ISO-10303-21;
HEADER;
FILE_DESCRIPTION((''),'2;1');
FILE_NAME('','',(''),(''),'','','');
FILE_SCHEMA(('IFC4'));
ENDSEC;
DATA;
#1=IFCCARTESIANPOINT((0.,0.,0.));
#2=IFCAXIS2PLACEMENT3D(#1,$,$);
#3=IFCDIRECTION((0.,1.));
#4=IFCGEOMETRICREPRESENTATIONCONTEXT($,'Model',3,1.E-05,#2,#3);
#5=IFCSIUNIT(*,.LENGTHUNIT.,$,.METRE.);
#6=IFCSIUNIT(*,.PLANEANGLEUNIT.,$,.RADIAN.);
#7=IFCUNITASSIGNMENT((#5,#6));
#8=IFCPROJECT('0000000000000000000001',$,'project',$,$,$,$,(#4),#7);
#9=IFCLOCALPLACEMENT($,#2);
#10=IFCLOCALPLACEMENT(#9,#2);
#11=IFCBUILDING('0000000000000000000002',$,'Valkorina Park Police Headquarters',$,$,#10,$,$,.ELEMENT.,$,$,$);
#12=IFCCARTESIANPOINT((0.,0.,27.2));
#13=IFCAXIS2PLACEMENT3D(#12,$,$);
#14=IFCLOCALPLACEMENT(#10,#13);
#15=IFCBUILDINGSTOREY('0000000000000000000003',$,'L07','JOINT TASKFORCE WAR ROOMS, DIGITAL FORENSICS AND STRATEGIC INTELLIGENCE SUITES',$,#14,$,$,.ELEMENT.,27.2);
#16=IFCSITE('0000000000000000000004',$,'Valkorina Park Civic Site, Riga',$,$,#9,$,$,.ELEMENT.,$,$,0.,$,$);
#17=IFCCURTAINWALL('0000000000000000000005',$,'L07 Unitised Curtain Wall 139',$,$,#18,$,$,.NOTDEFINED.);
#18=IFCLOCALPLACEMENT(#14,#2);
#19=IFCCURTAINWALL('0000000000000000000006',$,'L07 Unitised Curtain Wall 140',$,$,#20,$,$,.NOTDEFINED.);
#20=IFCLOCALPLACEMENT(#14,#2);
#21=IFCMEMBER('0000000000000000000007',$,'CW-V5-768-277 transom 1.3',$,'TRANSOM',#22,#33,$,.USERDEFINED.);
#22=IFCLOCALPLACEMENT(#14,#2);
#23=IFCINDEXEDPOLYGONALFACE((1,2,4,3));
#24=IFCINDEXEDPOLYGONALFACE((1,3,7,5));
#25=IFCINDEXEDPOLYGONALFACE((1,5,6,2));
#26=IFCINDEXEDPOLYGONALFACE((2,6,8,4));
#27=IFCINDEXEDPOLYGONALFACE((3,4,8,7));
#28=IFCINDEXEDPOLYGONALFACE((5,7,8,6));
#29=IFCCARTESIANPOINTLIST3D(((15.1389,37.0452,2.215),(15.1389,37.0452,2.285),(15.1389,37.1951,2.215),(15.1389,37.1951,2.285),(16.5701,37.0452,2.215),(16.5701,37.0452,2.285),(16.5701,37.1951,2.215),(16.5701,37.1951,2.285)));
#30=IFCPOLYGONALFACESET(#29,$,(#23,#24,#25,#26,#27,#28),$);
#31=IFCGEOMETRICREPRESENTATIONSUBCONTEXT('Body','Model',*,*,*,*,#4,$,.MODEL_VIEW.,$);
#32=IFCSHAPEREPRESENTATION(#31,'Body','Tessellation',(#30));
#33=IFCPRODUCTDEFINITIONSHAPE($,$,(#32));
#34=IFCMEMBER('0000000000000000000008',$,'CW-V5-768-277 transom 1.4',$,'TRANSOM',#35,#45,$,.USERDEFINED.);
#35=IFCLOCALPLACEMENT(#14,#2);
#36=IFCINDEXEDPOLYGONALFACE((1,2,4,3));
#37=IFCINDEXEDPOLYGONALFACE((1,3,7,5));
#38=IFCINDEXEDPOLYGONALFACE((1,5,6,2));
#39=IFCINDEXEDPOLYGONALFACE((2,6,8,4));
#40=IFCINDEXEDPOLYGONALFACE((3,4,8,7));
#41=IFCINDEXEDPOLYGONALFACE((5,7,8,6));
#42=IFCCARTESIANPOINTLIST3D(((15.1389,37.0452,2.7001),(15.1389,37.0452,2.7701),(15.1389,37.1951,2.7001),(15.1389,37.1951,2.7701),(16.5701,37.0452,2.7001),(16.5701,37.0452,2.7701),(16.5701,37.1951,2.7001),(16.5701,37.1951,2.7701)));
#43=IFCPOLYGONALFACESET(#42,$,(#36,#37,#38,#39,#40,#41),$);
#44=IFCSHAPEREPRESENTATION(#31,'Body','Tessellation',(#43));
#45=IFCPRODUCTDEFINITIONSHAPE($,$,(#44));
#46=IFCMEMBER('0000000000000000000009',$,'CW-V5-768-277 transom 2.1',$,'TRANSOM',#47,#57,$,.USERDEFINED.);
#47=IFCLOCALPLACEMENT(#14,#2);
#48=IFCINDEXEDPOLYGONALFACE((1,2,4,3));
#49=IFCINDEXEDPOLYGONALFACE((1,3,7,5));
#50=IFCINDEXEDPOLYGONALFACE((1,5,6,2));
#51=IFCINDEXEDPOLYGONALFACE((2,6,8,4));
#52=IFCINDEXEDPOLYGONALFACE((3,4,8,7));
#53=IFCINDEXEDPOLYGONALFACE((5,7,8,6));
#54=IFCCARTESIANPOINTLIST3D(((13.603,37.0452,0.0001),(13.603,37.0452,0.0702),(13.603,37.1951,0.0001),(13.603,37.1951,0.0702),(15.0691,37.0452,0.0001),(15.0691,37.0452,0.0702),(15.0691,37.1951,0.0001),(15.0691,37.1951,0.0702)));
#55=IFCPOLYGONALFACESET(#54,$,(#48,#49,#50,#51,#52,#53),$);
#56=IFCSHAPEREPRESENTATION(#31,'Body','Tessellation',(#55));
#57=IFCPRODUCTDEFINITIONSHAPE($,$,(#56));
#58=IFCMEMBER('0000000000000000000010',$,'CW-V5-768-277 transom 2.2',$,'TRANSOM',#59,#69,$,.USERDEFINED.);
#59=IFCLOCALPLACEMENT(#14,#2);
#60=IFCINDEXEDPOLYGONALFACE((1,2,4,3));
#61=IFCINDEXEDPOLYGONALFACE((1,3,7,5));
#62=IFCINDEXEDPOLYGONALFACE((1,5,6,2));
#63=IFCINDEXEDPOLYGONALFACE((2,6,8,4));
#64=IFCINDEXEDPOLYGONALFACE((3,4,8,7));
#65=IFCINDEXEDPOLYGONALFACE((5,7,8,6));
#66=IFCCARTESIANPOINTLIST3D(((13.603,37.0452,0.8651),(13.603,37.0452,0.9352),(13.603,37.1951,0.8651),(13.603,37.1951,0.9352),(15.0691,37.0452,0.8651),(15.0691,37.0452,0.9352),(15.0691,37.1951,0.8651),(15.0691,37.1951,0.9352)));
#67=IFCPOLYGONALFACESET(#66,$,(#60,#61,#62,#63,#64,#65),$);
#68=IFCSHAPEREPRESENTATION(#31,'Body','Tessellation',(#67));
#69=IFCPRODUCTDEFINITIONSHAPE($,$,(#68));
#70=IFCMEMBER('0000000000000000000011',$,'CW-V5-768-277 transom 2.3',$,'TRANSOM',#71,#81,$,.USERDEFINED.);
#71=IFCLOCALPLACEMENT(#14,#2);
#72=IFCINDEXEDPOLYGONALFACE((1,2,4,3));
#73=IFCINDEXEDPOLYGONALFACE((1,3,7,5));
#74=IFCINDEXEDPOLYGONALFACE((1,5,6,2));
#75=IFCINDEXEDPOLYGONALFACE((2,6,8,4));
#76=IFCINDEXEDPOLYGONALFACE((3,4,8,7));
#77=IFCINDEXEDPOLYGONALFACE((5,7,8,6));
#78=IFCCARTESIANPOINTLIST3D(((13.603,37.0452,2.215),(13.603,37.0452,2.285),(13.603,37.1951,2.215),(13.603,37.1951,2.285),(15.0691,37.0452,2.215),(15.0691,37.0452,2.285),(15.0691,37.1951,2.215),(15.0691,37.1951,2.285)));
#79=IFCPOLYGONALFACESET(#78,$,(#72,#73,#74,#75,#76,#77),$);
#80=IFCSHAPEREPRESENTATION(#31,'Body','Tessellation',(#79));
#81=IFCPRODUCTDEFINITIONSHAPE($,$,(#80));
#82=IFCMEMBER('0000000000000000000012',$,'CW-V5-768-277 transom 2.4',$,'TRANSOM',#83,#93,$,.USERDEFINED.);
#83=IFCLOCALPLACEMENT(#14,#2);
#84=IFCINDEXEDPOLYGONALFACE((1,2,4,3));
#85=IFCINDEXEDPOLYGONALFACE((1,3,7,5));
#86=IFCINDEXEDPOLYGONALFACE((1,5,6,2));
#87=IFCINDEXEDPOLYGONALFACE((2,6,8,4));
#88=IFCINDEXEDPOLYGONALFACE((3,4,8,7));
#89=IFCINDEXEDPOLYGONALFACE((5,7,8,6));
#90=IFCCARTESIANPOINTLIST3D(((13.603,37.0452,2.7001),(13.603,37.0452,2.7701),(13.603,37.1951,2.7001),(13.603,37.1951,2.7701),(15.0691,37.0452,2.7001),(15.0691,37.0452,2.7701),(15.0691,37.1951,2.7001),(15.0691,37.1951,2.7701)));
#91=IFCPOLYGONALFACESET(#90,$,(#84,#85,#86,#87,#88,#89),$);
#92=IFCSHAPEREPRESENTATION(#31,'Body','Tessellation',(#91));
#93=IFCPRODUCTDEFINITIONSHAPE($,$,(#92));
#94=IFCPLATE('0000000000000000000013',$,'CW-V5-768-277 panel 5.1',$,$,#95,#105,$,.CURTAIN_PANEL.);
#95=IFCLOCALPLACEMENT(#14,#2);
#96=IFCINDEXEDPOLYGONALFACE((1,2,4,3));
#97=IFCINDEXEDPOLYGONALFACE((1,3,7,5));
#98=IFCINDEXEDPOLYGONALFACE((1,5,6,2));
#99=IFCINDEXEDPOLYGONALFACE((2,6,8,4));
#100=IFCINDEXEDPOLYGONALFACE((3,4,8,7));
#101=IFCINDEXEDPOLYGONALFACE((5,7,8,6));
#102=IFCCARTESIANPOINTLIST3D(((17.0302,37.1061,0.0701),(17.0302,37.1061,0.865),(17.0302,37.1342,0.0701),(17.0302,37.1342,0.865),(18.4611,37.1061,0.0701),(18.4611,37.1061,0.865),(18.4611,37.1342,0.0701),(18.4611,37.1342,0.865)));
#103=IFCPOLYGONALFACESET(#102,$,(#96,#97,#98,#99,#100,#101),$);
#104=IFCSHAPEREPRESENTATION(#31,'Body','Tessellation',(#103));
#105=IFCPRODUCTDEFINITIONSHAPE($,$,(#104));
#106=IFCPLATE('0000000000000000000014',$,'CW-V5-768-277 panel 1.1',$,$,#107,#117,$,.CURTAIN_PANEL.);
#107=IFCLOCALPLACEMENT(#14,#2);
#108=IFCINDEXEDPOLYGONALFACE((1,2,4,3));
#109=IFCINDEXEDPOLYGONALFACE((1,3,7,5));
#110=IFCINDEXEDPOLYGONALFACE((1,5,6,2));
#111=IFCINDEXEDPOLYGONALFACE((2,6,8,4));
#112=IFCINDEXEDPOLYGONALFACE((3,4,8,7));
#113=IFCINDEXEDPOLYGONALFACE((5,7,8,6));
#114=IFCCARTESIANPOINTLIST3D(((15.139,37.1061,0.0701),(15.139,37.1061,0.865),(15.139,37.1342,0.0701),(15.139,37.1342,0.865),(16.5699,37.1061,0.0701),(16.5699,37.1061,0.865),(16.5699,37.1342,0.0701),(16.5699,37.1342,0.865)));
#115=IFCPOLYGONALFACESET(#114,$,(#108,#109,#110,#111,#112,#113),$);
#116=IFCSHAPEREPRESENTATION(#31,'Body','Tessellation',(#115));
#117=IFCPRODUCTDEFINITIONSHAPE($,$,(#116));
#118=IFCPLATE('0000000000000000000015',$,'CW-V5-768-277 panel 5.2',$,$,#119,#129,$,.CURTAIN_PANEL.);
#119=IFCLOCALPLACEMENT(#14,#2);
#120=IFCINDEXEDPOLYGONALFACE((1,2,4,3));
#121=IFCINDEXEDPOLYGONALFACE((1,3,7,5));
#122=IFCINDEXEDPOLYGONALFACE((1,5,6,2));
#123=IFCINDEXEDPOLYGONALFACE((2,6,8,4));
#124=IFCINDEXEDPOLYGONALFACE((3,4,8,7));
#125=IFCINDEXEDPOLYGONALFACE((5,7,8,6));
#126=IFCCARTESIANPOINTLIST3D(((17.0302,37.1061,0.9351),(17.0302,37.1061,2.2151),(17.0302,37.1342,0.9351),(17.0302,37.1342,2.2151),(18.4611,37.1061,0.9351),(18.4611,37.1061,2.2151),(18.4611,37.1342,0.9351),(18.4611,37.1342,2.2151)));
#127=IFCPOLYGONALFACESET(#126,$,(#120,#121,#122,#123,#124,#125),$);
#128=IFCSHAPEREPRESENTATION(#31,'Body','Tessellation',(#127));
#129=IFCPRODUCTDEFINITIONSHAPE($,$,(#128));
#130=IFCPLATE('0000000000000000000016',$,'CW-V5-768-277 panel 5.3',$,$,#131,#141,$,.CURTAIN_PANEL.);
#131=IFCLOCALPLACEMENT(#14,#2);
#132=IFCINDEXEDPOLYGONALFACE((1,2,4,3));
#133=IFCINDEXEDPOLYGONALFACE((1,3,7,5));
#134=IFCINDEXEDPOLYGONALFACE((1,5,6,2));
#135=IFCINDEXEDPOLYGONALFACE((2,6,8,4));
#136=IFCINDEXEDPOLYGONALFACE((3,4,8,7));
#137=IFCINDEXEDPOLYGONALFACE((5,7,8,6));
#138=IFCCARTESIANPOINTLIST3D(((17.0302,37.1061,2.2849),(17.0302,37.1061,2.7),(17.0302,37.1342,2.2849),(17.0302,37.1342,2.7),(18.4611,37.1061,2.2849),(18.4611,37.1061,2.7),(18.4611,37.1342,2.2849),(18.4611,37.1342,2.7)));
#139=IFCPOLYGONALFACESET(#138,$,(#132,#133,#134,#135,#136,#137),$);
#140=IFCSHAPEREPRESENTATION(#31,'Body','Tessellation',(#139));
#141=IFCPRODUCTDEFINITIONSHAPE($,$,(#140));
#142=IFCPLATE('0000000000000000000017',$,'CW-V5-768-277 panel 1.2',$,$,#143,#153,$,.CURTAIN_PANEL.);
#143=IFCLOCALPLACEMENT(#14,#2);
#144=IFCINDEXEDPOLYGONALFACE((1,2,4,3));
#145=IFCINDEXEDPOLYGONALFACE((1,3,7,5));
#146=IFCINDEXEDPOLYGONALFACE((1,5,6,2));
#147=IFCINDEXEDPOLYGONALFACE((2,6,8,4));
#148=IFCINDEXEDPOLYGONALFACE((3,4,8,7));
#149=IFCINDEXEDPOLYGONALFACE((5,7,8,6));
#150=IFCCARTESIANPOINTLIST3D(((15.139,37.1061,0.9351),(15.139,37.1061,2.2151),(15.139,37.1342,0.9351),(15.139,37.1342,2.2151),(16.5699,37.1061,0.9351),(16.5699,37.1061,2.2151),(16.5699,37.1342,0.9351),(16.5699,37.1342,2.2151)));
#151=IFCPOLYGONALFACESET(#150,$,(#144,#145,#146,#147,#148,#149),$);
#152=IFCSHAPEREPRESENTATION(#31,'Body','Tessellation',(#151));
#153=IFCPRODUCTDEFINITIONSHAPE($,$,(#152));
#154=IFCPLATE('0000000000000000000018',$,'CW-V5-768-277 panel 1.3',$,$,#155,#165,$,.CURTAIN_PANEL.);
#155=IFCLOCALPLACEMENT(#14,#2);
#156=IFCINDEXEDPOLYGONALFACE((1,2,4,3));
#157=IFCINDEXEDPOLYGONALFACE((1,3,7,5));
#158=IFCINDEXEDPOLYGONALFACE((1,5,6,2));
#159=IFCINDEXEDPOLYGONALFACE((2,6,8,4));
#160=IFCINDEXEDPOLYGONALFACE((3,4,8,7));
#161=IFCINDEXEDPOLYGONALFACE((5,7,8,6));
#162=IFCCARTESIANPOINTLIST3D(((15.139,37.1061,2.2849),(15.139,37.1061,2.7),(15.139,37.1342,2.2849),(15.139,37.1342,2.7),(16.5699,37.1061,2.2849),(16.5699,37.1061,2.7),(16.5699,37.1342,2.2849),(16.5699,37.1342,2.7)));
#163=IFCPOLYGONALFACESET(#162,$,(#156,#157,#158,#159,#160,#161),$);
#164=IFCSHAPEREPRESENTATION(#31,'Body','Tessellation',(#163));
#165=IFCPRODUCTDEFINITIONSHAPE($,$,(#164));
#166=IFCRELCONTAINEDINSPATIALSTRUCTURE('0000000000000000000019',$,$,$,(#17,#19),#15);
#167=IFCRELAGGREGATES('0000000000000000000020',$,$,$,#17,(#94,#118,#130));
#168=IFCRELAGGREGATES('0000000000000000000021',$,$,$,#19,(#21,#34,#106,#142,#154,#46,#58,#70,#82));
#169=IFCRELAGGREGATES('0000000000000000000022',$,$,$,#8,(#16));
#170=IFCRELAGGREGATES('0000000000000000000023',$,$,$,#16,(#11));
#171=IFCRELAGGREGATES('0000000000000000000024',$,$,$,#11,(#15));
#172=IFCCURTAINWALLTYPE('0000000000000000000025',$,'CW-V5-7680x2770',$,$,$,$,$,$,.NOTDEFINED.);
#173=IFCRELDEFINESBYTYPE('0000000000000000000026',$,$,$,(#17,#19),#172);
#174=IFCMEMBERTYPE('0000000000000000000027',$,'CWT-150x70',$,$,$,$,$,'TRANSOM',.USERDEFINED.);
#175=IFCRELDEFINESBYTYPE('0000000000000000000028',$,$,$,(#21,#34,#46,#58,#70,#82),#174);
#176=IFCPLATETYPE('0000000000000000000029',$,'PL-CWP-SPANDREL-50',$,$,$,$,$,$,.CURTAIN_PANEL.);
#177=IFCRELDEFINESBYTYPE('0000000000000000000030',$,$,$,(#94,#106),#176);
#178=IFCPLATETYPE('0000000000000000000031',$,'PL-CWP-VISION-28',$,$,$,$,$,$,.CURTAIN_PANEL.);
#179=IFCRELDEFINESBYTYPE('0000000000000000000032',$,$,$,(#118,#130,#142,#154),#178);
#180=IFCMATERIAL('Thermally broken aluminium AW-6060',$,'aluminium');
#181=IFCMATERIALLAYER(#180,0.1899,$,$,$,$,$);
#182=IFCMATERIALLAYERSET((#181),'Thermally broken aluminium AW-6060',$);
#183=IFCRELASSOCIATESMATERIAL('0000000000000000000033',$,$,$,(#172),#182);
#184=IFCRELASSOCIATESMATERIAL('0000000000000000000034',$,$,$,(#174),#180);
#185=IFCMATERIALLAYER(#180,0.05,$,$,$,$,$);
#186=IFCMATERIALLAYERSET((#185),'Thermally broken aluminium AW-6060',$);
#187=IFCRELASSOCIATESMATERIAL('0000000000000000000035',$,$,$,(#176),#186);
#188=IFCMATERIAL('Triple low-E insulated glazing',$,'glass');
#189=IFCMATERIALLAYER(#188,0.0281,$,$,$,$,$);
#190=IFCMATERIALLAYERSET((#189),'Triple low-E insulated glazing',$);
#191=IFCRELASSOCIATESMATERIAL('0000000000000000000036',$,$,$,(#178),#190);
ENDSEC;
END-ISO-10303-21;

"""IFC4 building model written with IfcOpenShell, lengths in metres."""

from ifc_helpers import new_model, si_unit, direction, frame, origin, origin_2d, place, context, subcontext, project, spatial, rectangle, extrude, material, layer, layer_set, material_profile, profile_set, type_object, element, aggregate, save


model = new_model("IFC4")

# Units and contexts
model_context = context("Model", 3, precision=1e-05, world=origin(), true_north=direction((0.0, 1.0)))
body_context = subcontext(model_context, "Body", "Model", "MODEL_VIEW")
ifc_project = project(units=[si_unit("LENGTHUNIT", "METRE"), si_unit("PLANEANGLEUNIT", "RADIAN")], contexts=[model_context])

# Site, building, storey
site_placement = place(None, origin())
site = spatial("IfcSite", under=ifc_project, at=site_placement, Name="Valkorina Park Civic Site, Riga", CompositionType="ELEMENT", RefElevation=0.0)
building_placement = place(site_placement, origin())
building = spatial("IfcBuilding", under=site, at=building_placement, Name="Valkorina Park Police Headquarters", CompositionType="ELEMENT")
storey_placement = place(building_placement, frame((0.0, 0.0, 27.2)))
storey = spatial("IfcBuildingStorey", under=building, at=storey_placement, Name="L07", Description="JOINT TASKFORCE WAR ROOMS, DIGITAL FORENSICS AND STRATEGIC INTELLIGENCE SUITES", CompositionType="ELEMENT", Elevation=27.2)

# Curtain wall
ifc_material_1 = material(Name="Thermally broken aluminium AW-6060", Category="aluminium")
ifc_layer_1 = layer(ifc_material_1, 0.1899)
ifc_layer_set_1 = layer_set([ifc_layer_1], Name="Thermally broken aluminium AW-6060")
curtain_wall_type = type_object("IfcCurtainWallType", Name="CW-V5-7680x2770", PredefinedType="NOTDEFINED", material=ifc_layer_set_1)
curtain_wall_1_placement = place(storey_placement, origin())
curtain_wall_1 = element("IfcCurtainWall", 1, at=curtain_wall_1_placement, inside=storey, type_object=curtain_wall_type, Name="L07 Unitised Curtain Wall 139", PredefinedType="NOTDEFINED")

# Curtain wall
curtain_wall_2_placement = place(storey_placement, origin())
curtain_wall_2 = element("IfcCurtainWall", 2, at=curtain_wall_2_placement, inside=storey, type_object=curtain_wall_type, Name="L07 Unitised Curtain Wall 140", PredefinedType="NOTDEFINED")

# Members
ifc_material_profile_1 = material_profile(ifc_material_1, rectangle(XDim=0.1499, YDim=0.0701, at=origin_2d()), Name="CWT-02 150x70")
ifc_profile_set_1 = profile_set([ifc_material_profile_1], Name="Thermally broken aluminium AW-6060")
member_type_1 = type_object("IfcMemberType", Name="CWT-150x70", ElementType="TRANSOM", PredefinedType="USERDEFINED", material=ifc_profile_set_1)
member_1_placement = place(storey_placement, frame((16.5701, 37.1201, 2.25), z_axis=(-1.0, 0.0, 0.0), x_axis=(0.0, -1.0, 0.0)))
member_1 = element("IfcMember", 3, at=member_1_placement, type_object=member_type_1, Name="CW-V5-768-277 transom 1.3", ObjectType="TRANSOM", PredefinedType="USERDEFINED", context=body_context, shape_type="SweptSolid", body=[
    extrude(rectangle(XDim=0.1499, YDim=0.0701, at=origin_2d()), origin(), (0.0, 0.0, 1.0), 1.4312),
])
member_2_placement = place(storey_placement, frame((16.5701, 37.1201, 2.7351), z_axis=(-1.0, 0.0, 0.0), x_axis=(0.0, -1.0, 0.0)))
member_2 = element("IfcMember", 4, at=member_2_placement, type_object=member_type_1, Name="CW-V5-768-277 transom 1.4", ObjectType="TRANSOM", PredefinedType="USERDEFINED", context=body_context, shape_type="SweptSolid", body=[
    extrude(rectangle(XDim=0.1499, YDim=0.0701, at=origin_2d()), origin(), (0.0, 0.0, 1.0), 1.4312),
])
member_3_placement = place(storey_placement, frame((15.0691, 37.1201, 0.0352), z_axis=(-1.0, 0.0, 0.0), x_axis=(0.0, -1.0, 0.0)))
member_3 = element("IfcMember", 5, at=member_3_placement, type_object=member_type_1, Name="CW-V5-768-277 transom 2.1", ObjectType="TRANSOM", PredefinedType="USERDEFINED", context=body_context, shape_type="SweptSolid", body=[
    extrude(rectangle(XDim=0.1499, YDim=0.0701, at=origin_2d()), origin(), (0.0, 0.0, 1.0), 1.4661),
])
member_4_placement = place(storey_placement, frame((15.0691, 37.1201, 0.9001), z_axis=(-1.0, 0.0, 0.0), x_axis=(0.0, -1.0, 0.0)))
member_4 = element("IfcMember", 6, at=member_4_placement, type_object=member_type_1, Name="CW-V5-768-277 transom 2.2", ObjectType="TRANSOM", PredefinedType="USERDEFINED", context=body_context, shape_type="SweptSolid", body=[
    extrude(rectangle(XDim=0.1499, YDim=0.0701, at=origin_2d()), origin(), (0.0, 0.0, 1.0), 1.4661),
])
member_5_placement = place(storey_placement, frame((15.0691, 37.1201, 2.25), z_axis=(-1.0, 0.0, 0.0), x_axis=(0.0, -1.0, 0.0)))
member_5 = element("IfcMember", 7, at=member_5_placement, type_object=member_type_1, Name="CW-V5-768-277 transom 2.3", ObjectType="TRANSOM", PredefinedType="USERDEFINED", context=body_context, shape_type="SweptSolid", body=[
    extrude(rectangle(XDim=0.1499, YDim=0.0701, at=origin_2d()), origin(), (0.0, 0.0, 1.0), 1.4661),
])
member_6_placement = place(storey_placement, frame((15.0691, 37.1201, 2.7351), z_axis=(-1.0, 0.0, 0.0), x_axis=(0.0, -1.0, 0.0)))
member_6 = element("IfcMember", 8, at=member_6_placement, type_object=member_type_1, Name="CW-V5-768-277 transom 2.4", ObjectType="TRANSOM", PredefinedType="USERDEFINED", context=body_context, shape_type="SweptSolid", body=[
    extrude(rectangle(XDim=0.1499, YDim=0.0701, at=origin_2d()), origin(), (0.0, 0.0, 1.0), 1.4661),
])

# Plates
ifc_layer_2 = layer(ifc_material_1, 0.05)
ifc_layer_set_2 = layer_set([ifc_layer_2], Name="Thermally broken aluminium AW-6060")
plate_type_1 = type_object("IfcPlateType", Name="PL-CWP-SPANDREL-50", PredefinedType="CURTAIN_PANEL", material=ifc_layer_set_2)
plate_1_placement = place(storey_placement, frame((17.7456, 37.1201, 0.0701), z_axis=(0.0, 0.0, 1.0), x_axis=(-1.0, 0.0, 0.0)))
plate_1 = element("IfcPlate", 9, at=plate_1_placement, type_object=plate_type_1, Name="CW-V5-768-277 panel 5.1", PredefinedType="CURTAIN_PANEL", context=body_context, shape_type="SweptSolid", body=[
    extrude(rectangle(XDim=1.4309, YDim=0.0281, at=origin_2d()), origin(), (0.0, 0.0, 1.0), 0.7949),
])
plate_2_placement = place(storey_placement, frame((15.8545, 37.1201, 0.0701), z_axis=(0.0, 0.0, 1.0), x_axis=(-1.0, 0.0, 0.0)))
plate_2 = element("IfcPlate", 10, at=plate_2_placement, type_object=plate_type_1, Name="CW-V5-768-277 panel 1.1", PredefinedType="CURTAIN_PANEL", context=body_context, shape_type="SweptSolid", body=[
    extrude(rectangle(XDim=1.4309, YDim=0.0281, at=origin_2d()), origin(), (0.0, 0.0, 1.0), 0.7949),
])
ifc_material_2 = material(Name="Triple low-E insulated glazing", Category="glass")
ifc_layer_3 = layer(ifc_material_2, 0.0281)
ifc_layer_set_3 = layer_set([ifc_layer_3], Name="Triple low-E insulated glazing")
plate_type_2 = type_object("IfcPlateType", Name="PL-CWP-VISION-28", PredefinedType="CURTAIN_PANEL", material=ifc_layer_set_3)
plate_3_placement = place(storey_placement, frame((17.7456, 37.1201, 0.9351), z_axis=(0.0, 0.0, 1.0), x_axis=(-1.0, 0.0, 0.0)))
plate_3 = element("IfcPlate", 11, at=plate_3_placement, type_object=plate_type_2, Name="CW-V5-768-277 panel 5.2", PredefinedType="CURTAIN_PANEL", context=body_context, shape_type="SweptSolid", body=[
    extrude(rectangle(XDim=1.4309, YDim=0.0281, at=origin_2d()), origin(), (0.0, 0.0, 1.0), 1.28),
])
plate_4_placement = place(storey_placement, frame((17.7456, 37.1201, 2.2849), z_axis=(0.0, 0.0, 1.0), x_axis=(-1.0, 0.0, 0.0)))
plate_4 = element("IfcPlate", 12, at=plate_4_placement, type_object=plate_type_2, Name="CW-V5-768-277 panel 5.3", PredefinedType="CURTAIN_PANEL", context=body_context, shape_type="SweptSolid", body=[
    extrude(rectangle(XDim=1.4309, YDim=0.0281, at=origin_2d()), origin(), (0.0, 0.0, 1.0), 0.415),
])
aggregate(curtain_wall_1, [plate_1, plate_3, plate_4])
plate_5_placement = place(storey_placement, frame((15.8545, 37.1201, 0.9351), z_axis=(0.0, 0.0, 1.0), x_axis=(-1.0, 0.0, 0.0)))
plate_5 = element("IfcPlate", 13, at=plate_5_placement, type_object=plate_type_2, Name="CW-V5-768-277 panel 1.2", PredefinedType="CURTAIN_PANEL", context=body_context, shape_type="SweptSolid", body=[
    extrude(rectangle(XDim=1.4309, YDim=0.0281, at=origin_2d()), origin(), (0.0, 0.0, 1.0), 1.28),
])
plate_6_placement = place(storey_placement, frame((15.8545, 37.1201, 2.2849), z_axis=(0.0, 0.0, 1.0), x_axis=(-1.0, 0.0, 0.0)))
plate_6 = element("IfcPlate", 14, at=plate_6_placement, type_object=plate_type_2, Name="CW-V5-768-277 panel 1.3", PredefinedType="CURTAIN_PANEL", context=body_context, shape_type="SweptSolid", body=[
    extrude(rectangle(XDim=1.4309, YDim=0.0281, at=origin_2d()), origin(), (0.0, 0.0, 1.0), 0.415),
])
aggregate(curtain_wall_2, [member_1, member_2, plate_2, plate_5, plate_6, member_3, member_4, member_5, member_6])

save(model, "model.ifc")
